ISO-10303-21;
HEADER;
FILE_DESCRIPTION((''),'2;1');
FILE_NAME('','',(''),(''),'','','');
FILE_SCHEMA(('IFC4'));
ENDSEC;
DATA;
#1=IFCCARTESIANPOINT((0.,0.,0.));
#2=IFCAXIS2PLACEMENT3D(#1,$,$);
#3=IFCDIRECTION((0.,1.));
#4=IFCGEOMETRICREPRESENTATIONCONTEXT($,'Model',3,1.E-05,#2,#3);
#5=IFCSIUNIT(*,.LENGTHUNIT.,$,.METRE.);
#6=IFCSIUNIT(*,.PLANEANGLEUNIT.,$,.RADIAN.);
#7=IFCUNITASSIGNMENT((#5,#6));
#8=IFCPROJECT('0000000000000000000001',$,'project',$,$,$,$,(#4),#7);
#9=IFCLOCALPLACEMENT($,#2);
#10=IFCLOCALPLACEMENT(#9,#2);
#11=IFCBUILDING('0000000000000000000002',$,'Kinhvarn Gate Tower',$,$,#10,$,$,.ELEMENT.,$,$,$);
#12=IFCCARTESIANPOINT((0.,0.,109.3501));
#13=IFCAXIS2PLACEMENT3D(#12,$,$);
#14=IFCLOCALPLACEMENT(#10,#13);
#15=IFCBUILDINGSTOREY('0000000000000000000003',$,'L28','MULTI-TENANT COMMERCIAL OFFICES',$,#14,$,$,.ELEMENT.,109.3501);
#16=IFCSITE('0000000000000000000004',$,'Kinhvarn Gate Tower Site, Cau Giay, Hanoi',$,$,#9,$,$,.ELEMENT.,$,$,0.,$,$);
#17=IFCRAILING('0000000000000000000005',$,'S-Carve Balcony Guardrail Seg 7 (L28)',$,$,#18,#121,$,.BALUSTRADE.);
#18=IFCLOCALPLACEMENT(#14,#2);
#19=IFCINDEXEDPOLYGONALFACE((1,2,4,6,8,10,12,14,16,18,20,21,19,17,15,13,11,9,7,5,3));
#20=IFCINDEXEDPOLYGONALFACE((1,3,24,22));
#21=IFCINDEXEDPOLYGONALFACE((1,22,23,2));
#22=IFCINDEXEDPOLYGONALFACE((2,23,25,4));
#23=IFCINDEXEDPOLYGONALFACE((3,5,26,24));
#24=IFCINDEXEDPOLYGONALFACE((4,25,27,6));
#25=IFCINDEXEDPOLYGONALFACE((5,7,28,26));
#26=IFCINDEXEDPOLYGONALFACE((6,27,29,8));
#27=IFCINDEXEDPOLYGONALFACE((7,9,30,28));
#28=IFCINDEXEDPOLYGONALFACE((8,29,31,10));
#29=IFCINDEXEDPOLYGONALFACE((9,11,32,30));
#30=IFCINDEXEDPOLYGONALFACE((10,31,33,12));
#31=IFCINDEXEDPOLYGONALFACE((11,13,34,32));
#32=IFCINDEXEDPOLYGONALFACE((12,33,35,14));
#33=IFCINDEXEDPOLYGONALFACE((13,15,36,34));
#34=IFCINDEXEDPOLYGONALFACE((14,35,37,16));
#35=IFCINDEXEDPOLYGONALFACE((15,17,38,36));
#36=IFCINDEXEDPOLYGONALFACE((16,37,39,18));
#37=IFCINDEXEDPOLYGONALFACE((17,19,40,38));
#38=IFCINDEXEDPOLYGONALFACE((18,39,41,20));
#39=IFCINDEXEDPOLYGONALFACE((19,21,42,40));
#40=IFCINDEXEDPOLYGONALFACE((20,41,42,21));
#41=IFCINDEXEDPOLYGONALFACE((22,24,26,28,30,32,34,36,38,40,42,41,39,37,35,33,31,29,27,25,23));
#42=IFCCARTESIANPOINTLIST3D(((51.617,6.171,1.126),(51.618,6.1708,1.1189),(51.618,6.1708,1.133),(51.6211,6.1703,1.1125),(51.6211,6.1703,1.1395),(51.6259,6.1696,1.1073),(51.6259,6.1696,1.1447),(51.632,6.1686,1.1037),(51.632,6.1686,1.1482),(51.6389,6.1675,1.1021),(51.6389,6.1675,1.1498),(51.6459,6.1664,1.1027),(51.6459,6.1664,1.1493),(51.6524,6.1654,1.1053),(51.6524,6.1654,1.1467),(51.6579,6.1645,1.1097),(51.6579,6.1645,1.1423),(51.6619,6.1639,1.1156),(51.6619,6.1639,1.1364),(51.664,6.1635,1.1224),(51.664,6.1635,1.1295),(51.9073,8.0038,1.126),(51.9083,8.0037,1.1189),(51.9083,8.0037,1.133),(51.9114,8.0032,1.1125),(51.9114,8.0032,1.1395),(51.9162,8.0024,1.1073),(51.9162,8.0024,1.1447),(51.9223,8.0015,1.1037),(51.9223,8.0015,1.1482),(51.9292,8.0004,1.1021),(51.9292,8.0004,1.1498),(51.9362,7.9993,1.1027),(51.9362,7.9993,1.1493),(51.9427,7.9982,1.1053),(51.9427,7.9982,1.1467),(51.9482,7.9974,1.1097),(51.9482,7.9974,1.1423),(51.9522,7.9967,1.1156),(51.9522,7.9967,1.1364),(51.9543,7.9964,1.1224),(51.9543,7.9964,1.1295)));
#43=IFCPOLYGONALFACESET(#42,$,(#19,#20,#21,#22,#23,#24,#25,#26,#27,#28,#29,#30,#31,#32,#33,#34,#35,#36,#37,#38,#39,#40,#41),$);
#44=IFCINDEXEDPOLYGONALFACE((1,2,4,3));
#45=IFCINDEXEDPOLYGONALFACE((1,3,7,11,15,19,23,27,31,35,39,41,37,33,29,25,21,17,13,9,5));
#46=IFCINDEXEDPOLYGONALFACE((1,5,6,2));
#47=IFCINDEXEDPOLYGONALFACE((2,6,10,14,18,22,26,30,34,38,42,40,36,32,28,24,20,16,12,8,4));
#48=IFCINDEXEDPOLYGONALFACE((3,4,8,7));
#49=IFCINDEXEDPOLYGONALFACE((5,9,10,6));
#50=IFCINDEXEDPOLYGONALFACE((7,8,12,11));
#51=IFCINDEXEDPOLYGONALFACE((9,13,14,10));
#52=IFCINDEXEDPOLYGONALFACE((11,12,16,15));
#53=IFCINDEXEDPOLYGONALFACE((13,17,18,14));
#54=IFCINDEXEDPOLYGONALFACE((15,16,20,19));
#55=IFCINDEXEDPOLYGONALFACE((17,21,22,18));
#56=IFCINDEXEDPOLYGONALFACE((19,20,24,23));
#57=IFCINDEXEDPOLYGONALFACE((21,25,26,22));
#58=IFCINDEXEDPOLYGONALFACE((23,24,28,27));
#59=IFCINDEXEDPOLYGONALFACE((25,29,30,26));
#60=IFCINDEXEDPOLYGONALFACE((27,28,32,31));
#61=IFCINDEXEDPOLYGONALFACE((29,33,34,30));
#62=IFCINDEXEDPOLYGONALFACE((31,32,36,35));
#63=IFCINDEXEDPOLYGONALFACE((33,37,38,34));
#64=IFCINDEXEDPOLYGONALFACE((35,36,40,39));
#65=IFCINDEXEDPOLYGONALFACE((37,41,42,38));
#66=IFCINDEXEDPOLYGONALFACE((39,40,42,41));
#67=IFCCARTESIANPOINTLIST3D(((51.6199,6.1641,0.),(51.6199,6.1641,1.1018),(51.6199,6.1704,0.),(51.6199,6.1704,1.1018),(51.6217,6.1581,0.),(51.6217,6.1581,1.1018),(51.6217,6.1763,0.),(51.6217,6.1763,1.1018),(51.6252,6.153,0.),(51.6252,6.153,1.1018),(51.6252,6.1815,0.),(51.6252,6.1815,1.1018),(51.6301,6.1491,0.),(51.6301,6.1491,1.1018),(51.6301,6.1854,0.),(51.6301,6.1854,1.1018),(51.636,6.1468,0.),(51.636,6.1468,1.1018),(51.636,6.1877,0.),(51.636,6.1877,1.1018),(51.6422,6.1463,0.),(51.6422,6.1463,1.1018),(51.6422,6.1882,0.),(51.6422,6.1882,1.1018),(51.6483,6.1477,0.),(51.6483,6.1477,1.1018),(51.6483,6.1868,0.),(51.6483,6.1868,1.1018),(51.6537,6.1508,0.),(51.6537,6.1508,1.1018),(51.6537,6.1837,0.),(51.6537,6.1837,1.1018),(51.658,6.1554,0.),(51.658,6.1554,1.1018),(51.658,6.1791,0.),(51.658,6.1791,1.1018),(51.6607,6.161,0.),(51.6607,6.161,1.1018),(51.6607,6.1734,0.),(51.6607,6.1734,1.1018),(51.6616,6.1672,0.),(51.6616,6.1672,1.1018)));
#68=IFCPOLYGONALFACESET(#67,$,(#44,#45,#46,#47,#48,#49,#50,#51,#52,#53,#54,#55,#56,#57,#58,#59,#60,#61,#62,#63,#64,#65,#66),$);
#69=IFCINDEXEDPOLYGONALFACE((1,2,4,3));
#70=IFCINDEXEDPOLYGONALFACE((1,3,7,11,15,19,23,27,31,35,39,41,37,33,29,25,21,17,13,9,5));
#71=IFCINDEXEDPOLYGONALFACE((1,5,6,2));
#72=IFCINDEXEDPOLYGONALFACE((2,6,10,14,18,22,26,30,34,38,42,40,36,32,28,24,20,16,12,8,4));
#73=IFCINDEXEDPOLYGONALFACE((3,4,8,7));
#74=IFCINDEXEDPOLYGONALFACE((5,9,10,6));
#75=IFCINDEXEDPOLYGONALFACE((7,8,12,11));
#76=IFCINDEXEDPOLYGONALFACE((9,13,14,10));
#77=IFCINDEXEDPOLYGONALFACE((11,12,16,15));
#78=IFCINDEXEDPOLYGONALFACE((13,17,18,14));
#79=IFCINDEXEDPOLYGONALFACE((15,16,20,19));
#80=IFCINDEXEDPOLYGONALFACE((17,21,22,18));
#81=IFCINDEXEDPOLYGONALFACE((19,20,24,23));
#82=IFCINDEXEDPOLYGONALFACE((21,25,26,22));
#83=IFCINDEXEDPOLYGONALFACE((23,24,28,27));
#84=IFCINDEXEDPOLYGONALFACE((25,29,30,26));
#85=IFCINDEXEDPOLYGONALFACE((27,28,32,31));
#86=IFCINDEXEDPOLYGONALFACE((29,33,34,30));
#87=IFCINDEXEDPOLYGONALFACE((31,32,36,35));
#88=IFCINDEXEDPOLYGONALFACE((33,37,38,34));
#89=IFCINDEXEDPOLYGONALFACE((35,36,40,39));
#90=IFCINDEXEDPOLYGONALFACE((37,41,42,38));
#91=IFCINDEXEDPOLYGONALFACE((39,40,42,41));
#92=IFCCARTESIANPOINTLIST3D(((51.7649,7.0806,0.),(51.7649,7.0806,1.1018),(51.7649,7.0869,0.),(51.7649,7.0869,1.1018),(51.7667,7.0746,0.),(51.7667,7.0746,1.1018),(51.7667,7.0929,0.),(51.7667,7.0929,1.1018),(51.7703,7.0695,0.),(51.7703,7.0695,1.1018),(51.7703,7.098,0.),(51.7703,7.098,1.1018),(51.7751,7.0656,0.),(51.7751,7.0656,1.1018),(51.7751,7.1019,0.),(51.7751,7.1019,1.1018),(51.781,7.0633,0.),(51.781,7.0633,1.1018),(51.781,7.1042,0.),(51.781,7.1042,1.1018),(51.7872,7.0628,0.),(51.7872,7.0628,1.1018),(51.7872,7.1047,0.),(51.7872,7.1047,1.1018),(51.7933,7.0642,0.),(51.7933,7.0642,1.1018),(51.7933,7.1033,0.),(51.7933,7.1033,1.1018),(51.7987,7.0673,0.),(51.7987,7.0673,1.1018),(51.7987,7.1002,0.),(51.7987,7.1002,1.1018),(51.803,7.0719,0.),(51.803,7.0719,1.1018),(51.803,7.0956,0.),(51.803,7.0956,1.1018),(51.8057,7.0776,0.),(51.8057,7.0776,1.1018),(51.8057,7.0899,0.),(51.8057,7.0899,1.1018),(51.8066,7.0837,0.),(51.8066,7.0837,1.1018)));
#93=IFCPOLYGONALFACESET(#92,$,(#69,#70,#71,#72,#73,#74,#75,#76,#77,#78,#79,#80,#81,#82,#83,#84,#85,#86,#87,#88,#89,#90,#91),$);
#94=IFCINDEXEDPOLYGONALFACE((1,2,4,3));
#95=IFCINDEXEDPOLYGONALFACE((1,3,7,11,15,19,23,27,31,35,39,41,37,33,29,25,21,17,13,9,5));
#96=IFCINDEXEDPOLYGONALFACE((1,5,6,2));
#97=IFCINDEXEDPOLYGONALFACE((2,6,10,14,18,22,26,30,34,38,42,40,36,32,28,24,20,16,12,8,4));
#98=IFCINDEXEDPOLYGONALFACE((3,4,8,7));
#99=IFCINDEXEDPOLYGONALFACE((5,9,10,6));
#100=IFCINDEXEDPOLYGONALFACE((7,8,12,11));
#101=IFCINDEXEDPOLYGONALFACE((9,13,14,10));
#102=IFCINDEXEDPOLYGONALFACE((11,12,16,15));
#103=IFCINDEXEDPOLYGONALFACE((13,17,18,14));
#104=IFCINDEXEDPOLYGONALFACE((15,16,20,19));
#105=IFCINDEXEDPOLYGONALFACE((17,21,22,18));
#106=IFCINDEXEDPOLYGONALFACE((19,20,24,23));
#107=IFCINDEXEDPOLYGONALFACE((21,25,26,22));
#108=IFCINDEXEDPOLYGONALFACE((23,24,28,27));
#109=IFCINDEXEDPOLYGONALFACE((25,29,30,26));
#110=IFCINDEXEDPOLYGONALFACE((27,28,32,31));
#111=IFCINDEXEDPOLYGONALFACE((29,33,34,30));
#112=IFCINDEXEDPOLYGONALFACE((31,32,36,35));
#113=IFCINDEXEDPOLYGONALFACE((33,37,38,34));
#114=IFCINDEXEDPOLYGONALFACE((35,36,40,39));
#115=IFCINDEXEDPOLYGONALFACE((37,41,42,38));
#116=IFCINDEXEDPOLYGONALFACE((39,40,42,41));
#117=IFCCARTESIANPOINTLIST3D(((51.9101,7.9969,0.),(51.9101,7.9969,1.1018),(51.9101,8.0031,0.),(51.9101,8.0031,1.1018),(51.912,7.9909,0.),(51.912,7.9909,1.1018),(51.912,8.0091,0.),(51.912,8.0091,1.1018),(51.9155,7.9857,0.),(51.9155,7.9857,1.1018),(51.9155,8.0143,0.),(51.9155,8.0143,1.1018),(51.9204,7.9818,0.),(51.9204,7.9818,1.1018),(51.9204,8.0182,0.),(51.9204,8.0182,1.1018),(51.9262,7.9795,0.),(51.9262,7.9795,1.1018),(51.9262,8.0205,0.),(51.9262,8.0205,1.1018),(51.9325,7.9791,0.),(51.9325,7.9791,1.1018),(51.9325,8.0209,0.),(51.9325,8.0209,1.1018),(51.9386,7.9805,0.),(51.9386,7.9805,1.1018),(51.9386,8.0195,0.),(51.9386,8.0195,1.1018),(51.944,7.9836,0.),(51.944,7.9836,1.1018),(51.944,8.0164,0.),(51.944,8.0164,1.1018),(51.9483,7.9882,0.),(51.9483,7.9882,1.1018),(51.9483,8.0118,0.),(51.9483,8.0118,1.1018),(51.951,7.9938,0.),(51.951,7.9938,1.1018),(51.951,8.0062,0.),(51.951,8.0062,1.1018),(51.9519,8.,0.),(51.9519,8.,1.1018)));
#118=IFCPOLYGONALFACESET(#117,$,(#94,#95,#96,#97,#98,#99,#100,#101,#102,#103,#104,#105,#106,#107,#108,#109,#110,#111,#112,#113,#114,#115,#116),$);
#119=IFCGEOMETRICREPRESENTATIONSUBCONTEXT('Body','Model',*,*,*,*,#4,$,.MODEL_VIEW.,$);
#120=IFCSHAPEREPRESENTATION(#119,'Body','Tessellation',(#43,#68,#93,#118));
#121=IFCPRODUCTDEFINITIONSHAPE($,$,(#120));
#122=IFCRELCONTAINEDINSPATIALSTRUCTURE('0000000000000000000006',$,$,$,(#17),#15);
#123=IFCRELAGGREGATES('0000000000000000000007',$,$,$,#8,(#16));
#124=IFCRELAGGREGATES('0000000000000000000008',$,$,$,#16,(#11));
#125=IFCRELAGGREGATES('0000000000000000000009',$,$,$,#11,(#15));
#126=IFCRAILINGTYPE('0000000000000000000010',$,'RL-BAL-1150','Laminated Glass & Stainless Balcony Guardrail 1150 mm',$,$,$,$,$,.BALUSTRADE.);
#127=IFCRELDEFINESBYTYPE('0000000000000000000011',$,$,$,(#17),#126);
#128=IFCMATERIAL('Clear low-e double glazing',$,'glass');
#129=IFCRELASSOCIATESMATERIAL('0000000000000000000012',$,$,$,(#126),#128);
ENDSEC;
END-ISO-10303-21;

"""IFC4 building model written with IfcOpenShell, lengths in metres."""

from ifc_helpers import new_model, si_unit, direction, frame, origin, origin_2d, place, context, subcontext, project, spatial, circle, extrude, material, type_object, element, save


model = new_model("IFC4")

# Units and contexts
model_context = context("Model", 3, precision=1e-05, world=origin(), true_north=direction((0.0, 1.0)))
body_context = subcontext(model_context, "Body", "Model", "MODEL_VIEW")
ifc_project = project(units=[si_unit("LENGTHUNIT", "METRE"), si_unit("PLANEANGLEUNIT", "RADIAN")], contexts=[model_context])

# Site, building, storey
site_placement = place(None, origin())
site = spatial("IfcSite", under=ifc_project, at=site_placement, Name="Kinhvarn Gate Tower Site, Cau Giay, Hanoi", CompositionType="ELEMENT", RefElevation=0.0)
building_placement = place(site_placement, origin())
building = spatial("IfcBuilding", under=site, at=building_placement, Name="Kinhvarn Gate Tower", CompositionType="ELEMENT")
storey_placement = place(building_placement, frame((0.0, 0.0, 109.3501)))
storey = spatial("IfcBuildingStorey", under=building, at=storey_placement, Name="L28", Description="MULTI-TENANT COMMERCIAL OFFICES", CompositionType="ELEMENT", Elevation=109.3501)

# Shared definitions
ifc_material_1 = material(Name="Clear low-e double glazing", Category="glass")

# Railing
railing_type = type_object("IfcRailingType", Name="RL-BAL-1150", Description="Laminated Glass & Stainless Balcony Guardrail 1150 mm", PredefinedType="BALUSTRADE", material=ifc_material_1)
railing_1_placement = place(storey_placement, frame((51.6406, 6.1672, 0.0)))
element("IfcRailing", 1, at=railing_1_placement, inside=storey, type_object=railing_type, Name="S-Carve Balcony Guardrail Seg 7 (L28)", PredefinedType="BALUSTRADE", context=body_context, shape_type="SweptSolid", body=[
    extrude(circle(Radius=0.0239, at=origin_2d()), frame((0.0, 0.0, 1.126), z_axis=(0.156435, 0.987688, 0.0), x_axis=(-0.987688, 0.156435, 0.0)), (0.0, 0.0, 1.0), 1.8557),
    extrude(circle(Radius=0.021, at=origin_2d()), origin(), (0.0, 0.0, 1.0), 1.1018),
    extrude(circle(Radius=0.021, at=origin_2d()), frame((0.145, 0.9165, 0.0)), (0.0, 0.0, 1.0), 1.1018),
    extrude(circle(Radius=0.021, at=origin_2d()), frame((0.2903, 1.8328, 0.0)), (0.0, 0.0, 1.0), 1.1018),
])

save(model, "model.ifc")
